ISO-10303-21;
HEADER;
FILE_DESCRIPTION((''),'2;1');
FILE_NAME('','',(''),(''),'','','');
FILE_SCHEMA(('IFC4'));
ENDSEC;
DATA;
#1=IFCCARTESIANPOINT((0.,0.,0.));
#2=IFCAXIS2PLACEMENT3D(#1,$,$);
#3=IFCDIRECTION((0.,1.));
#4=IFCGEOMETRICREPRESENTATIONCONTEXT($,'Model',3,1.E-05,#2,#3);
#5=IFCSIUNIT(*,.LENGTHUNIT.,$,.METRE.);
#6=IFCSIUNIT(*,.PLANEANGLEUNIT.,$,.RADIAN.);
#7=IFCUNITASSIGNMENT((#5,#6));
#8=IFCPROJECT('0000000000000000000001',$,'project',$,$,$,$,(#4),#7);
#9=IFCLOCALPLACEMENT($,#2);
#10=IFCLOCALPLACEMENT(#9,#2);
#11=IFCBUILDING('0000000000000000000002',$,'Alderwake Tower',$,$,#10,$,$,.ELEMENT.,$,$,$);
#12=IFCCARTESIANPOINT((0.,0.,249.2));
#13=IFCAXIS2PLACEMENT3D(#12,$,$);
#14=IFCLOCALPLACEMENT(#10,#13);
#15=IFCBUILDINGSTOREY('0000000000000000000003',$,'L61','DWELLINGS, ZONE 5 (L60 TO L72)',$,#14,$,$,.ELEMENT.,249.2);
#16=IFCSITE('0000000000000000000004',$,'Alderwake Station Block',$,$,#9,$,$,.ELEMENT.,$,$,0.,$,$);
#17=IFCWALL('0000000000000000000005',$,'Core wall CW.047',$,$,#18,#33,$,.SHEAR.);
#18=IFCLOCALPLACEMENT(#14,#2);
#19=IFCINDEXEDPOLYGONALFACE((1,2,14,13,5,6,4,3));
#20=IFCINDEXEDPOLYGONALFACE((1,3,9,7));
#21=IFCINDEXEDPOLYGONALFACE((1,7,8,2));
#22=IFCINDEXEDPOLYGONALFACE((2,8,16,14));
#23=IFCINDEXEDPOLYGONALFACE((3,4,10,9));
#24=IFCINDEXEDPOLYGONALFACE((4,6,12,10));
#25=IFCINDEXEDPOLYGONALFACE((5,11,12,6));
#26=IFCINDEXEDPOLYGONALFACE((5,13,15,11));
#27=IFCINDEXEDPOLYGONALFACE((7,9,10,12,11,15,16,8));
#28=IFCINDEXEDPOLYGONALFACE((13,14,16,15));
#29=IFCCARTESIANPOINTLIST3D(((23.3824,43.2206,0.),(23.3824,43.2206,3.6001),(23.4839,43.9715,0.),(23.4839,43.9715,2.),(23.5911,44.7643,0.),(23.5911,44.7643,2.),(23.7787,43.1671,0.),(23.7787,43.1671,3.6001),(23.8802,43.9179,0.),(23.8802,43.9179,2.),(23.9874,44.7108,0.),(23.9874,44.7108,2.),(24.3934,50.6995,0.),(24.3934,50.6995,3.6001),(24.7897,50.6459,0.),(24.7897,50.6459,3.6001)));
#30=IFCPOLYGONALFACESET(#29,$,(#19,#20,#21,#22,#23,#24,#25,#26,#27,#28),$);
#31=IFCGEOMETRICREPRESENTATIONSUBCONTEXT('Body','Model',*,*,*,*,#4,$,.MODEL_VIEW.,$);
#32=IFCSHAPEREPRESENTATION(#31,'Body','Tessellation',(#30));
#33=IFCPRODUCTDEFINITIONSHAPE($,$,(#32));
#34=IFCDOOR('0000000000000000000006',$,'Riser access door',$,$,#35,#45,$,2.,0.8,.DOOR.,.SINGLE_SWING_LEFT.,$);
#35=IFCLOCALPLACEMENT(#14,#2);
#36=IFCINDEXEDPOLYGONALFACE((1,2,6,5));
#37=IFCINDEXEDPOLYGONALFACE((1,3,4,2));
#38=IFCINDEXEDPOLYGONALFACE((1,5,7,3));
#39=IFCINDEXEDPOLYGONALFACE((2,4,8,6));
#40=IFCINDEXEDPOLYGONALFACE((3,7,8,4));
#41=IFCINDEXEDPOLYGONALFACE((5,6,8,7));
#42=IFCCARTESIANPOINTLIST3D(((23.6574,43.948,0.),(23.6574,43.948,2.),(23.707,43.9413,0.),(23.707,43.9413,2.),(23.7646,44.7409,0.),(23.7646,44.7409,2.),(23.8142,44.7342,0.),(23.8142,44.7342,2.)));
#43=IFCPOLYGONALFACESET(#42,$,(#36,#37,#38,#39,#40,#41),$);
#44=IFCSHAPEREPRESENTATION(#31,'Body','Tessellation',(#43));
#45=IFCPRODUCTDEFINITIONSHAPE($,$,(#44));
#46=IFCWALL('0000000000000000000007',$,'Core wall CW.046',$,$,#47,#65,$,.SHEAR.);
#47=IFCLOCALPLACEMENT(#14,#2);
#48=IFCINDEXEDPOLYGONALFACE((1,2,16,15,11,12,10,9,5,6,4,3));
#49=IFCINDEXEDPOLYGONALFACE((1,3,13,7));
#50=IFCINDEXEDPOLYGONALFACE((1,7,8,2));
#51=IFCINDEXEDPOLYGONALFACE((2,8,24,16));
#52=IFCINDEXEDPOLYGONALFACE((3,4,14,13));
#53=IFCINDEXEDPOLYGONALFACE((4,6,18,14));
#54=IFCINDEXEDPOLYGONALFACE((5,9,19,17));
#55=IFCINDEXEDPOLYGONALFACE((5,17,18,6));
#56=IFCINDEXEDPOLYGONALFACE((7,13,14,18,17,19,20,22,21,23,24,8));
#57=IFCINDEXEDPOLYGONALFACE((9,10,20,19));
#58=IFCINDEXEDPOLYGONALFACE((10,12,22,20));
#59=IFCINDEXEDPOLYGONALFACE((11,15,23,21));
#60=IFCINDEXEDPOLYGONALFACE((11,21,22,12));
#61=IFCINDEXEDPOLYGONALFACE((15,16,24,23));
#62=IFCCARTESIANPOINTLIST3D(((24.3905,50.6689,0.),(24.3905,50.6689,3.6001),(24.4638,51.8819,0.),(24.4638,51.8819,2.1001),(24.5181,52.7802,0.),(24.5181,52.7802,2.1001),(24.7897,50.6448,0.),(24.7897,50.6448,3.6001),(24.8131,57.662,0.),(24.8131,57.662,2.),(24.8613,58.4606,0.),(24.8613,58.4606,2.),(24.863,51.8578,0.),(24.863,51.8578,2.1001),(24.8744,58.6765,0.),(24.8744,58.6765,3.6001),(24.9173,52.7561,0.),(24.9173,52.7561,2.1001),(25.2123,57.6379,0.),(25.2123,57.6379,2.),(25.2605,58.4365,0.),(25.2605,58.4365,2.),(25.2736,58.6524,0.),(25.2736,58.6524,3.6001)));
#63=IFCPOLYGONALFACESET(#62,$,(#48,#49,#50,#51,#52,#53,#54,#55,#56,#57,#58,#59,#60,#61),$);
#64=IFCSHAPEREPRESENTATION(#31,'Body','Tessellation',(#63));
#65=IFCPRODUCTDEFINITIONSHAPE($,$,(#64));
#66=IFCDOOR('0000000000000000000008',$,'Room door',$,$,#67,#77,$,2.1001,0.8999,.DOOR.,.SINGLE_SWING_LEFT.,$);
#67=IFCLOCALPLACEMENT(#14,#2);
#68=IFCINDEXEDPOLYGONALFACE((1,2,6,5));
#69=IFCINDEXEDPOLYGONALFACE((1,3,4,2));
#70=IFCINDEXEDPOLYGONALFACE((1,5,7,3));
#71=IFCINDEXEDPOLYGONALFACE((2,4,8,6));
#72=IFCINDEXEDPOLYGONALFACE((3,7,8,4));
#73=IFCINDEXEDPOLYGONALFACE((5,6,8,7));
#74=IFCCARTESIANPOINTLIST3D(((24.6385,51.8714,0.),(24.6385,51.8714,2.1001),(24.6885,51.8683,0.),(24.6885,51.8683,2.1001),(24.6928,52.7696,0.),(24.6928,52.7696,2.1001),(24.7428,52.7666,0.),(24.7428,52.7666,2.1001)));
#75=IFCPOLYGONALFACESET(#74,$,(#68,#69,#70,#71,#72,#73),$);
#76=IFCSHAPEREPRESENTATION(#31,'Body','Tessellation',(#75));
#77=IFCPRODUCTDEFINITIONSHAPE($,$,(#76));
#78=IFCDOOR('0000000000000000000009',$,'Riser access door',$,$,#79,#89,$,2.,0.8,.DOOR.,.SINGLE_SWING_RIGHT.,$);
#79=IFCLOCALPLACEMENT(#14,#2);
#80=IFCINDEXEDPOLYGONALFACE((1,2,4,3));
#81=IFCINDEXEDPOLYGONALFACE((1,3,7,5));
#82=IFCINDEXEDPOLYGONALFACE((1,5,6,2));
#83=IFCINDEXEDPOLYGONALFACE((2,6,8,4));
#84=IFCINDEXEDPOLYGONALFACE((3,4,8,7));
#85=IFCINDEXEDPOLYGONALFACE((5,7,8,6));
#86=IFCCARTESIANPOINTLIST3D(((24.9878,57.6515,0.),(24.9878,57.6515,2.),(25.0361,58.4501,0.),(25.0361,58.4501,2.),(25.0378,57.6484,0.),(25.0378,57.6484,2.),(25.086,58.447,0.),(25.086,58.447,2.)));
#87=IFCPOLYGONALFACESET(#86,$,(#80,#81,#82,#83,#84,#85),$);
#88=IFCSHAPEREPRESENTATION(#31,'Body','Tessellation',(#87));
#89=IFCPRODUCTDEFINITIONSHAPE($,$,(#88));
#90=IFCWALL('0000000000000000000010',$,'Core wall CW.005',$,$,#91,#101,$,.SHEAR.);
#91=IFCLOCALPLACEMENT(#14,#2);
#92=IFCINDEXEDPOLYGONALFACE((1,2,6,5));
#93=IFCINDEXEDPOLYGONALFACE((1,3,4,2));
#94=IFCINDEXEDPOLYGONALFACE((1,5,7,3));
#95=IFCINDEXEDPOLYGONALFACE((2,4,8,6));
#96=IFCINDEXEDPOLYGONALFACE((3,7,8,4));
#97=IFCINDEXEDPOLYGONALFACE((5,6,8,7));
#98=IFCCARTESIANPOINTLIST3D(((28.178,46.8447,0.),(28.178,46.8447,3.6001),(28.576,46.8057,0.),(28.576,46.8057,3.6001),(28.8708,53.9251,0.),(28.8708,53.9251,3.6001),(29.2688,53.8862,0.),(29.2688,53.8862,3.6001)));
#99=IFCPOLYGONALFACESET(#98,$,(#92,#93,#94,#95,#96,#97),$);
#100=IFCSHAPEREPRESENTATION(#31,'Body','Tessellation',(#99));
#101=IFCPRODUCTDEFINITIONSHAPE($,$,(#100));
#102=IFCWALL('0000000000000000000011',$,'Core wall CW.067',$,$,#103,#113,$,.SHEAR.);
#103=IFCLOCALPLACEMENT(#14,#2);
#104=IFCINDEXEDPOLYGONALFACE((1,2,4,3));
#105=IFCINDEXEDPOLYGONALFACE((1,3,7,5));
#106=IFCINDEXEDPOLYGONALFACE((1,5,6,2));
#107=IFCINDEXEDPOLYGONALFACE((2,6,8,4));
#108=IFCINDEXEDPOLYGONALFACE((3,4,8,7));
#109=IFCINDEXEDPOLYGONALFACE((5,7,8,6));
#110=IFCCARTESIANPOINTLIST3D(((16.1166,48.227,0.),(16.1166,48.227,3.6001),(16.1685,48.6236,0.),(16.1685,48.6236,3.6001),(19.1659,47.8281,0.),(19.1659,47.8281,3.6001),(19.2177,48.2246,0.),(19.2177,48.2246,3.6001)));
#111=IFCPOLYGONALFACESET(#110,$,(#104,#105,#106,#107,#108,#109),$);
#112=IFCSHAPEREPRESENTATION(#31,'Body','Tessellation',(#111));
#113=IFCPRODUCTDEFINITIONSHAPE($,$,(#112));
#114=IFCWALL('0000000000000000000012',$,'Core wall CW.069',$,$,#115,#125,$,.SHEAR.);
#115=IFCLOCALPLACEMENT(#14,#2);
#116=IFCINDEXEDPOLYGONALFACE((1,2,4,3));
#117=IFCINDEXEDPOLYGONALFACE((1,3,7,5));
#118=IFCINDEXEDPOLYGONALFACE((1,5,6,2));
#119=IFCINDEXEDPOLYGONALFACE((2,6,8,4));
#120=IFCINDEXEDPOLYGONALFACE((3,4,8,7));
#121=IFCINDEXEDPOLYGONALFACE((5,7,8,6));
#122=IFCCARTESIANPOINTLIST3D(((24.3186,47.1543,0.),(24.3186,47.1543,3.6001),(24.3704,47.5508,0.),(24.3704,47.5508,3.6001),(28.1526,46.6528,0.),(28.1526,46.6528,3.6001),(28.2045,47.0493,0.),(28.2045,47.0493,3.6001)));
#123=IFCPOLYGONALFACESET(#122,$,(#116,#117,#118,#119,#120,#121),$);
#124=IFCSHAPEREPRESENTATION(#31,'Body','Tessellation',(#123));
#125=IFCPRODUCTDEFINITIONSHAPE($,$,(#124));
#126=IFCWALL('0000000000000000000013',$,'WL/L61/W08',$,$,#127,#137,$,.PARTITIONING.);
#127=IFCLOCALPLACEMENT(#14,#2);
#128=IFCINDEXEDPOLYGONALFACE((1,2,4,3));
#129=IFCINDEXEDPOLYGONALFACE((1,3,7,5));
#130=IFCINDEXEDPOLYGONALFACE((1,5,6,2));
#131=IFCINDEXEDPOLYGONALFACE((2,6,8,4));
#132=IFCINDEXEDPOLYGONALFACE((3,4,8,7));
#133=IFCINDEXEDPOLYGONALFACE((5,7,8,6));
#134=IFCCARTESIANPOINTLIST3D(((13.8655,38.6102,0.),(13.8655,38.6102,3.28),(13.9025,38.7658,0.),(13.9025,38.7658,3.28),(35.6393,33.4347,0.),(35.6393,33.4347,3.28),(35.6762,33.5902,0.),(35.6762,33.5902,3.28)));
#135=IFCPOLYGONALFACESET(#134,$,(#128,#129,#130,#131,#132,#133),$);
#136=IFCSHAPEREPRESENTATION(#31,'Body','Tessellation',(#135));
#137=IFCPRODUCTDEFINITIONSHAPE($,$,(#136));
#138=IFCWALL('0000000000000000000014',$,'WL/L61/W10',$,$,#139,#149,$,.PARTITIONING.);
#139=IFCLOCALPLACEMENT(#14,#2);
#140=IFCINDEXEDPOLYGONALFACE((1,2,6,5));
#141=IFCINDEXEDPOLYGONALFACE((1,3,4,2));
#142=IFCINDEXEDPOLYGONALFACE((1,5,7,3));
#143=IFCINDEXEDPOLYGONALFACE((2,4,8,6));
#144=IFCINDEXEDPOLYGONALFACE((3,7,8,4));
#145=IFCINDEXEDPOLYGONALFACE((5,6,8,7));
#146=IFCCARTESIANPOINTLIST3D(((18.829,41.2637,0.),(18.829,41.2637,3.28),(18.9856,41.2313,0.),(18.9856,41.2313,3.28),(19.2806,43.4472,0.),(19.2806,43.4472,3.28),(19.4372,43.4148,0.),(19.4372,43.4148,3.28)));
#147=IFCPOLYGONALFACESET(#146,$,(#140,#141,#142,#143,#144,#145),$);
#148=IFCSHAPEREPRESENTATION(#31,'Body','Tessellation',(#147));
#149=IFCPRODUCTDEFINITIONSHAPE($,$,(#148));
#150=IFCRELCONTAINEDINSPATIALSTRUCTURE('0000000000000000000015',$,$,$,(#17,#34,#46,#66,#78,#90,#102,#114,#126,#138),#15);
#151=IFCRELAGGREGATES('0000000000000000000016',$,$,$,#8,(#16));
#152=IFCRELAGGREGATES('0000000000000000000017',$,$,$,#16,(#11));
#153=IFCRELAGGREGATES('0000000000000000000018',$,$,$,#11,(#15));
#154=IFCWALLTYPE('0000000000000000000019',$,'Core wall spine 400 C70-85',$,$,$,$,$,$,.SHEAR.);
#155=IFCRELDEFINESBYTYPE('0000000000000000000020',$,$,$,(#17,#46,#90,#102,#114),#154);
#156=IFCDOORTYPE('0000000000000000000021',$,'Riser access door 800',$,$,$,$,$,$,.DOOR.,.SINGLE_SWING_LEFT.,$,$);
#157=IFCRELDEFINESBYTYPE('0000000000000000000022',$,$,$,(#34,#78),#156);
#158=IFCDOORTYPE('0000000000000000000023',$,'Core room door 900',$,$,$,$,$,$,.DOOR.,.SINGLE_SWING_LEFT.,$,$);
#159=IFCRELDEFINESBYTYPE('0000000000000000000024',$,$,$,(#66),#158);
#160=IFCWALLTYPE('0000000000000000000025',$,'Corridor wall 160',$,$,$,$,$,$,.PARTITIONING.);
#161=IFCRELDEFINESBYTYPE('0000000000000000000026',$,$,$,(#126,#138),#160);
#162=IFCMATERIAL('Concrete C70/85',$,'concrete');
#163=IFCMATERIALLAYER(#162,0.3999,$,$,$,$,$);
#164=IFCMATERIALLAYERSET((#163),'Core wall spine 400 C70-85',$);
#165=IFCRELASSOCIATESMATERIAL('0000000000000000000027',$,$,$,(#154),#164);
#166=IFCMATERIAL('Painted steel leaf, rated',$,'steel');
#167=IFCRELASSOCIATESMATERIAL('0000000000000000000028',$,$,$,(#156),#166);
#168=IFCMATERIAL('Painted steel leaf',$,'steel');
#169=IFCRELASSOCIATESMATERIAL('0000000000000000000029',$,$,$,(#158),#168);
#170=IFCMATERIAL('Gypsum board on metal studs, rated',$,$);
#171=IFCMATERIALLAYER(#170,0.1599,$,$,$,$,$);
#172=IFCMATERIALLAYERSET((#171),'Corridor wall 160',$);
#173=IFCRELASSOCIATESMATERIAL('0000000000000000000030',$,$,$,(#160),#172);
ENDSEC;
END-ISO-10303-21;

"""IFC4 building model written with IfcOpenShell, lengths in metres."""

from ifc_helpers import new_model, si_unit, direction, frame, frame_2d, origin, place, context, subcontext, project, spatial, rectangle, extrude, material, layer, layer_set, type_object, element, fill, save


model = new_model("IFC4")

# Units and contexts
model_context = context("Model", 3, precision=1e-05, world=origin(), true_north=direction((0.0, 1.0)))
body_context = subcontext(model_context, "Body", "Model", "MODEL_VIEW")
ifc_project = project(units=[si_unit("LENGTHUNIT", "METRE"), si_unit("PLANEANGLEUNIT", "RADIAN")], contexts=[model_context])

# Site, building, storey
site_placement = place(None, origin())
site = spatial("IfcSite", under=ifc_project, at=site_placement, Name="Alderwake Station Block", CompositionType="ELEMENT", RefElevation=0.0)
building_placement = place(site_placement, origin())
building = spatial("IfcBuilding", under=site, at=building_placement, Name="Alderwake Tower", CompositionType="ELEMENT")
storey_placement = place(building_placement, frame((0.0, 0.0, 249.2)))
storey = spatial("IfcBuildingStorey", under=building, at=storey_placement, Name="L61", Description="DWELLINGS, ZONE 5 (L60 TO L72)", CompositionType="ELEMENT", Elevation=249.2)

# Wall, opening, door
ifc_material_1 = material(Name="Concrete C70/85", Category="concrete")
ifc_layer_1 = layer(ifc_material_1, 0.3999)
ifc_layer_set_1 = layer_set([ifc_layer_1], Name="Core wall spine 400 C70-85")
wall_type_1 = type_object("IfcWallType", Name="Core wall spine 400 C70-85", PredefinedType="SHEAR", material=ifc_layer_set_1)
wall_1_placement = place(storey_placement, frame((23.5806, 43.1938, 0.0), z_axis=(0.0, 0.0, 1.0), x_axis=(0.133963, 0.990986, 0.0)))
wall_1 = element("IfcWall", 1, at=wall_1_placement, inside=storey, type_object=wall_type_1, Name="Core wall CW.047", PredefinedType="SHEAR", context=body_context, shape_type="SweptSolid", body=[
    extrude(rectangle(XDim=7.5469, YDim=0.3999, at=frame_2d((3.7734, 0.0))), origin(), (0.0, 0.0, 1.0), 3.6001),
])
opening_1_placement = place(wall_1_placement, frame((0.7578, 0.0, 0.0)))
opening_1 = element("IfcOpeningElement", 2, at=opening_1_placement, cuts=wall_1, PredefinedType="OPENING", context=body_context, shape_type="SweptSolid", body=[
    extrude(rectangle(XDim=0.8, YDim=2.0, at=frame_2d((0.3999, 1.0))), frame((0.0, 0.21, 0.0), z_axis=(0.0, -1.0, 0.0), x_axis=(1.0, 0.0, 0.0)), (0.0, 0.0, 1.0), 0.4199),
])
ifc_material_2 = material(Name="Painted steel leaf, rated", Category="steel")
door_type_1 = type_object("IfcDoorType", Name="Riser access door 800", OperationType="SINGLE_SWING_LEFT", PredefinedType="DOOR", material=ifc_material_2)
door_1_placement = place(opening_1_placement, origin())
door_1 = element("IfcDoor", 3, at=door_1_placement, inside=storey, type_object=door_type_1, Name="Riser access door", OperationType="SINGLE_SWING_LEFT", OverallHeight=2.0, OverallWidth=0.8, PredefinedType="DOOR", context=body_context, shape_type="SweptSolid", body=[
    extrude(rectangle(XDim=0.8, YDim=2.0, at=frame_2d((0.3999, 1.0))), frame((0.0, 0.0249, 0.0), z_axis=(0.0, -1.0, 0.0), x_axis=(1.0, 0.0, 0.0)), (0.0, 0.0, 1.0), 0.05),
])
fill(opening_1, door_1)

# Wall, openings, doors
wall_2_placement = place(storey_placement, frame((24.5901, 50.6567, 0.0), z_axis=(0.0, 0.0, 1.0), x_axis=(0.060319, 0.998179, 0.0)))
wall_2 = element("IfcWall", 4, at=wall_2_placement, inside=storey, type_object=wall_type_1, Name="Core wall CW.046", PredefinedType="SHEAR", context=body_context, shape_type="SweptSolid", body=[
    extrude(rectangle(XDim=8.0222, YDim=0.3999, at=frame_2d((4.0112, 0.0))), origin(), (0.0, 0.0, 1.0), 3.6001),
])
opening_2_placement = place(wall_2_placement, frame((7.0061, 0.0, 0.0)))
opening_2 = element("IfcOpeningElement", 5, at=opening_2_placement, cuts=wall_2, PredefinedType="OPENING", context=body_context, shape_type="SweptSolid", body=[
    extrude(rectangle(XDim=0.8, YDim=2.0, at=frame_2d((0.3999, 1.0))), frame((0.0, 0.21, 0.0), z_axis=(0.0, -1.0, 0.0), x_axis=(1.0, 0.0, 0.0)), (0.0, 0.0, 1.0), 0.4199),
])
opening_3_placement = place(wall_2_placement, frame((1.2153, 0.0, 0.0)))
opening_3 = element("IfcOpeningElement", 6, at=opening_3_placement, cuts=wall_2, PredefinedType="OPENING", context=body_context, shape_type="SweptSolid", body=[
    extrude(rectangle(XDim=0.8999, YDim=2.1001, at=frame_2d((0.45, 1.05))), frame((0.0, 0.21, 0.0), z_axis=(0.0, -1.0, 0.0), x_axis=(1.0, 0.0, 0.0)), (0.0, 0.0, 1.0), 0.4199),
])
ifc_material_3 = material(Name="Painted steel leaf", Category="steel")
door_type_2 = type_object("IfcDoorType", Name="Core room door 900", OperationType="SINGLE_SWING_LEFT", PredefinedType="DOOR", material=ifc_material_3)
door_2_placement = place(opening_3_placement, origin())
door_2 = element("IfcDoor", 7, at=door_2_placement, inside=storey, type_object=door_type_2, Name="Room door", OperationType="SINGLE_SWING_LEFT", OverallHeight=2.1001, OverallWidth=0.8999, PredefinedType="DOOR", context=body_context, shape_type="SweptSolid", body=[
    extrude(rectangle(XDim=0.8999, YDim=2.1001, at=frame_2d((0.45, 1.05))), frame((0.0, 0.0249, 0.0), z_axis=(0.0, -1.0, 0.0), x_axis=(1.0, 0.0, 0.0)), (0.0, 0.0, 1.0), 0.05),
])
fill(opening_3, door_2)
door_3_placement = place(opening_2_placement, origin())
door_3 = element("IfcDoor", 8, at=door_3_placement, inside=storey, type_object=door_type_1, Name="Riser access door", OperationType="SINGLE_SWING_RIGHT", OverallHeight=2.0, OverallWidth=0.8, PredefinedType="DOOR", context=body_context, shape_type="SweptSolid", body=[
    extrude(rectangle(XDim=0.8, YDim=2.0, at=frame_2d((0.3999, 1.0))), frame((0.0, 0.0249, 0.0), z_axis=(0.0, -1.0, 0.0), x_axis=(1.0, 0.0, 0.0)), (0.0, 0.0, 1.0), 0.05),
])
fill(opening_2, door_3)

# Walls
wall_3_placement = place(storey_placement, frame((28.377, 46.8252, 0.0), z_axis=(0.0, 0.0, 1.0), x_axis=(0.097393, 0.995246, 0.0)))
element("IfcWall", 9, at=wall_3_placement, inside=storey, type_object=wall_type_1, Name="Core wall CW.005", PredefinedType="SHEAR", context=body_context, shape_type="SweptSolid", body=[
    extrude(rectangle(XDim=7.1143, YDim=0.3999, at=frame_2d((3.5571, 0.0))), origin(), (0.0, 0.0, 1.0), 3.6001),
])
wall_4_placement = place(storey_placement, frame((16.1426, 48.4253, 0.0), z_axis=(0.0, 0.0, 1.0), x_axis=(0.991551, -0.129719, 0.0)))
element("IfcWall", 10, at=wall_4_placement, inside=storey, type_object=wall_type_1, Name="Core wall CW.067", PredefinedType="SHEAR", context=body_context, shape_type="SweptSolid", body=[
    extrude(rectangle(XDim=3.0752, YDim=0.3999, at=frame_2d((1.5376, 0.0))), origin(), (0.0, 0.0, 1.0), 3.6001),
])
wall_5_placement = place(storey_placement, frame((24.3445, 47.3525, 0.0), z_axis=(0.0, 0.0, 1.0), x_axis=(0.991555, -0.12969, 0.0)))
element("IfcWall", 11, at=wall_5_placement, inside=storey, type_object=wall_type_1, Name="Core wall CW.069", PredefinedType="SHEAR", context=body_context, shape_type="SweptSolid", body=[
    extrude(rectangle(XDim=3.8667, YDim=0.3999, at=frame_2d((1.9333, 0.0))), origin(), (0.0, 0.0, 1.0), 3.6001),
])
ifc_material_4 = material(Name="Gypsum board on metal studs, rated")
ifc_layer_2 = layer(ifc_material_4, 0.1599)
ifc_layer_set_2 = layer_set([ifc_layer_2], Name="Corridor wall 160")
wall_type_2 = type_object("IfcWallType", Name="Corridor wall 160", PredefinedType="PARTITIONING", material=ifc_layer_set_2)
wall_6_placement = place(storey_placement, frame((13.884, 38.688, 0.0), z_axis=(0.0, 0.0, 1.0), x_axis=(0.972893, -0.231254, 0.0)))
element("IfcWall", 12, at=wall_6_placement, inside=storey, type_object=wall_type_2, Name="WL/L61/W08", PredefinedType="PARTITIONING", context=body_context, shape_type="SweptSolid", body=[
    extrude(rectangle(XDim=22.3804, YDim=0.1599, at=frame_2d((11.1902, 0.0))), origin(), (0.0, 0.0, 1.0), 3.28),
])
wall_7_placement = place(storey_placement, frame((19.3589, 43.4309, 0.0), z_axis=(0.0, 0.0, 1.0), x_axis=(-0.202555, -0.979271, 0.0)))
element("IfcWall", 13, at=wall_7_placement, inside=storey, type_object=wall_type_2, Name="WL/L61/W10", PredefinedType="PARTITIONING", context=body_context, shape_type="SweptSolid", body=[
    extrude(rectangle(XDim=2.2297, YDim=0.1599, at=frame_2d((1.1147, 0.0))), origin(), (0.0, 0.0, 1.0), 3.28),
])

save(model, "model.ifc")
